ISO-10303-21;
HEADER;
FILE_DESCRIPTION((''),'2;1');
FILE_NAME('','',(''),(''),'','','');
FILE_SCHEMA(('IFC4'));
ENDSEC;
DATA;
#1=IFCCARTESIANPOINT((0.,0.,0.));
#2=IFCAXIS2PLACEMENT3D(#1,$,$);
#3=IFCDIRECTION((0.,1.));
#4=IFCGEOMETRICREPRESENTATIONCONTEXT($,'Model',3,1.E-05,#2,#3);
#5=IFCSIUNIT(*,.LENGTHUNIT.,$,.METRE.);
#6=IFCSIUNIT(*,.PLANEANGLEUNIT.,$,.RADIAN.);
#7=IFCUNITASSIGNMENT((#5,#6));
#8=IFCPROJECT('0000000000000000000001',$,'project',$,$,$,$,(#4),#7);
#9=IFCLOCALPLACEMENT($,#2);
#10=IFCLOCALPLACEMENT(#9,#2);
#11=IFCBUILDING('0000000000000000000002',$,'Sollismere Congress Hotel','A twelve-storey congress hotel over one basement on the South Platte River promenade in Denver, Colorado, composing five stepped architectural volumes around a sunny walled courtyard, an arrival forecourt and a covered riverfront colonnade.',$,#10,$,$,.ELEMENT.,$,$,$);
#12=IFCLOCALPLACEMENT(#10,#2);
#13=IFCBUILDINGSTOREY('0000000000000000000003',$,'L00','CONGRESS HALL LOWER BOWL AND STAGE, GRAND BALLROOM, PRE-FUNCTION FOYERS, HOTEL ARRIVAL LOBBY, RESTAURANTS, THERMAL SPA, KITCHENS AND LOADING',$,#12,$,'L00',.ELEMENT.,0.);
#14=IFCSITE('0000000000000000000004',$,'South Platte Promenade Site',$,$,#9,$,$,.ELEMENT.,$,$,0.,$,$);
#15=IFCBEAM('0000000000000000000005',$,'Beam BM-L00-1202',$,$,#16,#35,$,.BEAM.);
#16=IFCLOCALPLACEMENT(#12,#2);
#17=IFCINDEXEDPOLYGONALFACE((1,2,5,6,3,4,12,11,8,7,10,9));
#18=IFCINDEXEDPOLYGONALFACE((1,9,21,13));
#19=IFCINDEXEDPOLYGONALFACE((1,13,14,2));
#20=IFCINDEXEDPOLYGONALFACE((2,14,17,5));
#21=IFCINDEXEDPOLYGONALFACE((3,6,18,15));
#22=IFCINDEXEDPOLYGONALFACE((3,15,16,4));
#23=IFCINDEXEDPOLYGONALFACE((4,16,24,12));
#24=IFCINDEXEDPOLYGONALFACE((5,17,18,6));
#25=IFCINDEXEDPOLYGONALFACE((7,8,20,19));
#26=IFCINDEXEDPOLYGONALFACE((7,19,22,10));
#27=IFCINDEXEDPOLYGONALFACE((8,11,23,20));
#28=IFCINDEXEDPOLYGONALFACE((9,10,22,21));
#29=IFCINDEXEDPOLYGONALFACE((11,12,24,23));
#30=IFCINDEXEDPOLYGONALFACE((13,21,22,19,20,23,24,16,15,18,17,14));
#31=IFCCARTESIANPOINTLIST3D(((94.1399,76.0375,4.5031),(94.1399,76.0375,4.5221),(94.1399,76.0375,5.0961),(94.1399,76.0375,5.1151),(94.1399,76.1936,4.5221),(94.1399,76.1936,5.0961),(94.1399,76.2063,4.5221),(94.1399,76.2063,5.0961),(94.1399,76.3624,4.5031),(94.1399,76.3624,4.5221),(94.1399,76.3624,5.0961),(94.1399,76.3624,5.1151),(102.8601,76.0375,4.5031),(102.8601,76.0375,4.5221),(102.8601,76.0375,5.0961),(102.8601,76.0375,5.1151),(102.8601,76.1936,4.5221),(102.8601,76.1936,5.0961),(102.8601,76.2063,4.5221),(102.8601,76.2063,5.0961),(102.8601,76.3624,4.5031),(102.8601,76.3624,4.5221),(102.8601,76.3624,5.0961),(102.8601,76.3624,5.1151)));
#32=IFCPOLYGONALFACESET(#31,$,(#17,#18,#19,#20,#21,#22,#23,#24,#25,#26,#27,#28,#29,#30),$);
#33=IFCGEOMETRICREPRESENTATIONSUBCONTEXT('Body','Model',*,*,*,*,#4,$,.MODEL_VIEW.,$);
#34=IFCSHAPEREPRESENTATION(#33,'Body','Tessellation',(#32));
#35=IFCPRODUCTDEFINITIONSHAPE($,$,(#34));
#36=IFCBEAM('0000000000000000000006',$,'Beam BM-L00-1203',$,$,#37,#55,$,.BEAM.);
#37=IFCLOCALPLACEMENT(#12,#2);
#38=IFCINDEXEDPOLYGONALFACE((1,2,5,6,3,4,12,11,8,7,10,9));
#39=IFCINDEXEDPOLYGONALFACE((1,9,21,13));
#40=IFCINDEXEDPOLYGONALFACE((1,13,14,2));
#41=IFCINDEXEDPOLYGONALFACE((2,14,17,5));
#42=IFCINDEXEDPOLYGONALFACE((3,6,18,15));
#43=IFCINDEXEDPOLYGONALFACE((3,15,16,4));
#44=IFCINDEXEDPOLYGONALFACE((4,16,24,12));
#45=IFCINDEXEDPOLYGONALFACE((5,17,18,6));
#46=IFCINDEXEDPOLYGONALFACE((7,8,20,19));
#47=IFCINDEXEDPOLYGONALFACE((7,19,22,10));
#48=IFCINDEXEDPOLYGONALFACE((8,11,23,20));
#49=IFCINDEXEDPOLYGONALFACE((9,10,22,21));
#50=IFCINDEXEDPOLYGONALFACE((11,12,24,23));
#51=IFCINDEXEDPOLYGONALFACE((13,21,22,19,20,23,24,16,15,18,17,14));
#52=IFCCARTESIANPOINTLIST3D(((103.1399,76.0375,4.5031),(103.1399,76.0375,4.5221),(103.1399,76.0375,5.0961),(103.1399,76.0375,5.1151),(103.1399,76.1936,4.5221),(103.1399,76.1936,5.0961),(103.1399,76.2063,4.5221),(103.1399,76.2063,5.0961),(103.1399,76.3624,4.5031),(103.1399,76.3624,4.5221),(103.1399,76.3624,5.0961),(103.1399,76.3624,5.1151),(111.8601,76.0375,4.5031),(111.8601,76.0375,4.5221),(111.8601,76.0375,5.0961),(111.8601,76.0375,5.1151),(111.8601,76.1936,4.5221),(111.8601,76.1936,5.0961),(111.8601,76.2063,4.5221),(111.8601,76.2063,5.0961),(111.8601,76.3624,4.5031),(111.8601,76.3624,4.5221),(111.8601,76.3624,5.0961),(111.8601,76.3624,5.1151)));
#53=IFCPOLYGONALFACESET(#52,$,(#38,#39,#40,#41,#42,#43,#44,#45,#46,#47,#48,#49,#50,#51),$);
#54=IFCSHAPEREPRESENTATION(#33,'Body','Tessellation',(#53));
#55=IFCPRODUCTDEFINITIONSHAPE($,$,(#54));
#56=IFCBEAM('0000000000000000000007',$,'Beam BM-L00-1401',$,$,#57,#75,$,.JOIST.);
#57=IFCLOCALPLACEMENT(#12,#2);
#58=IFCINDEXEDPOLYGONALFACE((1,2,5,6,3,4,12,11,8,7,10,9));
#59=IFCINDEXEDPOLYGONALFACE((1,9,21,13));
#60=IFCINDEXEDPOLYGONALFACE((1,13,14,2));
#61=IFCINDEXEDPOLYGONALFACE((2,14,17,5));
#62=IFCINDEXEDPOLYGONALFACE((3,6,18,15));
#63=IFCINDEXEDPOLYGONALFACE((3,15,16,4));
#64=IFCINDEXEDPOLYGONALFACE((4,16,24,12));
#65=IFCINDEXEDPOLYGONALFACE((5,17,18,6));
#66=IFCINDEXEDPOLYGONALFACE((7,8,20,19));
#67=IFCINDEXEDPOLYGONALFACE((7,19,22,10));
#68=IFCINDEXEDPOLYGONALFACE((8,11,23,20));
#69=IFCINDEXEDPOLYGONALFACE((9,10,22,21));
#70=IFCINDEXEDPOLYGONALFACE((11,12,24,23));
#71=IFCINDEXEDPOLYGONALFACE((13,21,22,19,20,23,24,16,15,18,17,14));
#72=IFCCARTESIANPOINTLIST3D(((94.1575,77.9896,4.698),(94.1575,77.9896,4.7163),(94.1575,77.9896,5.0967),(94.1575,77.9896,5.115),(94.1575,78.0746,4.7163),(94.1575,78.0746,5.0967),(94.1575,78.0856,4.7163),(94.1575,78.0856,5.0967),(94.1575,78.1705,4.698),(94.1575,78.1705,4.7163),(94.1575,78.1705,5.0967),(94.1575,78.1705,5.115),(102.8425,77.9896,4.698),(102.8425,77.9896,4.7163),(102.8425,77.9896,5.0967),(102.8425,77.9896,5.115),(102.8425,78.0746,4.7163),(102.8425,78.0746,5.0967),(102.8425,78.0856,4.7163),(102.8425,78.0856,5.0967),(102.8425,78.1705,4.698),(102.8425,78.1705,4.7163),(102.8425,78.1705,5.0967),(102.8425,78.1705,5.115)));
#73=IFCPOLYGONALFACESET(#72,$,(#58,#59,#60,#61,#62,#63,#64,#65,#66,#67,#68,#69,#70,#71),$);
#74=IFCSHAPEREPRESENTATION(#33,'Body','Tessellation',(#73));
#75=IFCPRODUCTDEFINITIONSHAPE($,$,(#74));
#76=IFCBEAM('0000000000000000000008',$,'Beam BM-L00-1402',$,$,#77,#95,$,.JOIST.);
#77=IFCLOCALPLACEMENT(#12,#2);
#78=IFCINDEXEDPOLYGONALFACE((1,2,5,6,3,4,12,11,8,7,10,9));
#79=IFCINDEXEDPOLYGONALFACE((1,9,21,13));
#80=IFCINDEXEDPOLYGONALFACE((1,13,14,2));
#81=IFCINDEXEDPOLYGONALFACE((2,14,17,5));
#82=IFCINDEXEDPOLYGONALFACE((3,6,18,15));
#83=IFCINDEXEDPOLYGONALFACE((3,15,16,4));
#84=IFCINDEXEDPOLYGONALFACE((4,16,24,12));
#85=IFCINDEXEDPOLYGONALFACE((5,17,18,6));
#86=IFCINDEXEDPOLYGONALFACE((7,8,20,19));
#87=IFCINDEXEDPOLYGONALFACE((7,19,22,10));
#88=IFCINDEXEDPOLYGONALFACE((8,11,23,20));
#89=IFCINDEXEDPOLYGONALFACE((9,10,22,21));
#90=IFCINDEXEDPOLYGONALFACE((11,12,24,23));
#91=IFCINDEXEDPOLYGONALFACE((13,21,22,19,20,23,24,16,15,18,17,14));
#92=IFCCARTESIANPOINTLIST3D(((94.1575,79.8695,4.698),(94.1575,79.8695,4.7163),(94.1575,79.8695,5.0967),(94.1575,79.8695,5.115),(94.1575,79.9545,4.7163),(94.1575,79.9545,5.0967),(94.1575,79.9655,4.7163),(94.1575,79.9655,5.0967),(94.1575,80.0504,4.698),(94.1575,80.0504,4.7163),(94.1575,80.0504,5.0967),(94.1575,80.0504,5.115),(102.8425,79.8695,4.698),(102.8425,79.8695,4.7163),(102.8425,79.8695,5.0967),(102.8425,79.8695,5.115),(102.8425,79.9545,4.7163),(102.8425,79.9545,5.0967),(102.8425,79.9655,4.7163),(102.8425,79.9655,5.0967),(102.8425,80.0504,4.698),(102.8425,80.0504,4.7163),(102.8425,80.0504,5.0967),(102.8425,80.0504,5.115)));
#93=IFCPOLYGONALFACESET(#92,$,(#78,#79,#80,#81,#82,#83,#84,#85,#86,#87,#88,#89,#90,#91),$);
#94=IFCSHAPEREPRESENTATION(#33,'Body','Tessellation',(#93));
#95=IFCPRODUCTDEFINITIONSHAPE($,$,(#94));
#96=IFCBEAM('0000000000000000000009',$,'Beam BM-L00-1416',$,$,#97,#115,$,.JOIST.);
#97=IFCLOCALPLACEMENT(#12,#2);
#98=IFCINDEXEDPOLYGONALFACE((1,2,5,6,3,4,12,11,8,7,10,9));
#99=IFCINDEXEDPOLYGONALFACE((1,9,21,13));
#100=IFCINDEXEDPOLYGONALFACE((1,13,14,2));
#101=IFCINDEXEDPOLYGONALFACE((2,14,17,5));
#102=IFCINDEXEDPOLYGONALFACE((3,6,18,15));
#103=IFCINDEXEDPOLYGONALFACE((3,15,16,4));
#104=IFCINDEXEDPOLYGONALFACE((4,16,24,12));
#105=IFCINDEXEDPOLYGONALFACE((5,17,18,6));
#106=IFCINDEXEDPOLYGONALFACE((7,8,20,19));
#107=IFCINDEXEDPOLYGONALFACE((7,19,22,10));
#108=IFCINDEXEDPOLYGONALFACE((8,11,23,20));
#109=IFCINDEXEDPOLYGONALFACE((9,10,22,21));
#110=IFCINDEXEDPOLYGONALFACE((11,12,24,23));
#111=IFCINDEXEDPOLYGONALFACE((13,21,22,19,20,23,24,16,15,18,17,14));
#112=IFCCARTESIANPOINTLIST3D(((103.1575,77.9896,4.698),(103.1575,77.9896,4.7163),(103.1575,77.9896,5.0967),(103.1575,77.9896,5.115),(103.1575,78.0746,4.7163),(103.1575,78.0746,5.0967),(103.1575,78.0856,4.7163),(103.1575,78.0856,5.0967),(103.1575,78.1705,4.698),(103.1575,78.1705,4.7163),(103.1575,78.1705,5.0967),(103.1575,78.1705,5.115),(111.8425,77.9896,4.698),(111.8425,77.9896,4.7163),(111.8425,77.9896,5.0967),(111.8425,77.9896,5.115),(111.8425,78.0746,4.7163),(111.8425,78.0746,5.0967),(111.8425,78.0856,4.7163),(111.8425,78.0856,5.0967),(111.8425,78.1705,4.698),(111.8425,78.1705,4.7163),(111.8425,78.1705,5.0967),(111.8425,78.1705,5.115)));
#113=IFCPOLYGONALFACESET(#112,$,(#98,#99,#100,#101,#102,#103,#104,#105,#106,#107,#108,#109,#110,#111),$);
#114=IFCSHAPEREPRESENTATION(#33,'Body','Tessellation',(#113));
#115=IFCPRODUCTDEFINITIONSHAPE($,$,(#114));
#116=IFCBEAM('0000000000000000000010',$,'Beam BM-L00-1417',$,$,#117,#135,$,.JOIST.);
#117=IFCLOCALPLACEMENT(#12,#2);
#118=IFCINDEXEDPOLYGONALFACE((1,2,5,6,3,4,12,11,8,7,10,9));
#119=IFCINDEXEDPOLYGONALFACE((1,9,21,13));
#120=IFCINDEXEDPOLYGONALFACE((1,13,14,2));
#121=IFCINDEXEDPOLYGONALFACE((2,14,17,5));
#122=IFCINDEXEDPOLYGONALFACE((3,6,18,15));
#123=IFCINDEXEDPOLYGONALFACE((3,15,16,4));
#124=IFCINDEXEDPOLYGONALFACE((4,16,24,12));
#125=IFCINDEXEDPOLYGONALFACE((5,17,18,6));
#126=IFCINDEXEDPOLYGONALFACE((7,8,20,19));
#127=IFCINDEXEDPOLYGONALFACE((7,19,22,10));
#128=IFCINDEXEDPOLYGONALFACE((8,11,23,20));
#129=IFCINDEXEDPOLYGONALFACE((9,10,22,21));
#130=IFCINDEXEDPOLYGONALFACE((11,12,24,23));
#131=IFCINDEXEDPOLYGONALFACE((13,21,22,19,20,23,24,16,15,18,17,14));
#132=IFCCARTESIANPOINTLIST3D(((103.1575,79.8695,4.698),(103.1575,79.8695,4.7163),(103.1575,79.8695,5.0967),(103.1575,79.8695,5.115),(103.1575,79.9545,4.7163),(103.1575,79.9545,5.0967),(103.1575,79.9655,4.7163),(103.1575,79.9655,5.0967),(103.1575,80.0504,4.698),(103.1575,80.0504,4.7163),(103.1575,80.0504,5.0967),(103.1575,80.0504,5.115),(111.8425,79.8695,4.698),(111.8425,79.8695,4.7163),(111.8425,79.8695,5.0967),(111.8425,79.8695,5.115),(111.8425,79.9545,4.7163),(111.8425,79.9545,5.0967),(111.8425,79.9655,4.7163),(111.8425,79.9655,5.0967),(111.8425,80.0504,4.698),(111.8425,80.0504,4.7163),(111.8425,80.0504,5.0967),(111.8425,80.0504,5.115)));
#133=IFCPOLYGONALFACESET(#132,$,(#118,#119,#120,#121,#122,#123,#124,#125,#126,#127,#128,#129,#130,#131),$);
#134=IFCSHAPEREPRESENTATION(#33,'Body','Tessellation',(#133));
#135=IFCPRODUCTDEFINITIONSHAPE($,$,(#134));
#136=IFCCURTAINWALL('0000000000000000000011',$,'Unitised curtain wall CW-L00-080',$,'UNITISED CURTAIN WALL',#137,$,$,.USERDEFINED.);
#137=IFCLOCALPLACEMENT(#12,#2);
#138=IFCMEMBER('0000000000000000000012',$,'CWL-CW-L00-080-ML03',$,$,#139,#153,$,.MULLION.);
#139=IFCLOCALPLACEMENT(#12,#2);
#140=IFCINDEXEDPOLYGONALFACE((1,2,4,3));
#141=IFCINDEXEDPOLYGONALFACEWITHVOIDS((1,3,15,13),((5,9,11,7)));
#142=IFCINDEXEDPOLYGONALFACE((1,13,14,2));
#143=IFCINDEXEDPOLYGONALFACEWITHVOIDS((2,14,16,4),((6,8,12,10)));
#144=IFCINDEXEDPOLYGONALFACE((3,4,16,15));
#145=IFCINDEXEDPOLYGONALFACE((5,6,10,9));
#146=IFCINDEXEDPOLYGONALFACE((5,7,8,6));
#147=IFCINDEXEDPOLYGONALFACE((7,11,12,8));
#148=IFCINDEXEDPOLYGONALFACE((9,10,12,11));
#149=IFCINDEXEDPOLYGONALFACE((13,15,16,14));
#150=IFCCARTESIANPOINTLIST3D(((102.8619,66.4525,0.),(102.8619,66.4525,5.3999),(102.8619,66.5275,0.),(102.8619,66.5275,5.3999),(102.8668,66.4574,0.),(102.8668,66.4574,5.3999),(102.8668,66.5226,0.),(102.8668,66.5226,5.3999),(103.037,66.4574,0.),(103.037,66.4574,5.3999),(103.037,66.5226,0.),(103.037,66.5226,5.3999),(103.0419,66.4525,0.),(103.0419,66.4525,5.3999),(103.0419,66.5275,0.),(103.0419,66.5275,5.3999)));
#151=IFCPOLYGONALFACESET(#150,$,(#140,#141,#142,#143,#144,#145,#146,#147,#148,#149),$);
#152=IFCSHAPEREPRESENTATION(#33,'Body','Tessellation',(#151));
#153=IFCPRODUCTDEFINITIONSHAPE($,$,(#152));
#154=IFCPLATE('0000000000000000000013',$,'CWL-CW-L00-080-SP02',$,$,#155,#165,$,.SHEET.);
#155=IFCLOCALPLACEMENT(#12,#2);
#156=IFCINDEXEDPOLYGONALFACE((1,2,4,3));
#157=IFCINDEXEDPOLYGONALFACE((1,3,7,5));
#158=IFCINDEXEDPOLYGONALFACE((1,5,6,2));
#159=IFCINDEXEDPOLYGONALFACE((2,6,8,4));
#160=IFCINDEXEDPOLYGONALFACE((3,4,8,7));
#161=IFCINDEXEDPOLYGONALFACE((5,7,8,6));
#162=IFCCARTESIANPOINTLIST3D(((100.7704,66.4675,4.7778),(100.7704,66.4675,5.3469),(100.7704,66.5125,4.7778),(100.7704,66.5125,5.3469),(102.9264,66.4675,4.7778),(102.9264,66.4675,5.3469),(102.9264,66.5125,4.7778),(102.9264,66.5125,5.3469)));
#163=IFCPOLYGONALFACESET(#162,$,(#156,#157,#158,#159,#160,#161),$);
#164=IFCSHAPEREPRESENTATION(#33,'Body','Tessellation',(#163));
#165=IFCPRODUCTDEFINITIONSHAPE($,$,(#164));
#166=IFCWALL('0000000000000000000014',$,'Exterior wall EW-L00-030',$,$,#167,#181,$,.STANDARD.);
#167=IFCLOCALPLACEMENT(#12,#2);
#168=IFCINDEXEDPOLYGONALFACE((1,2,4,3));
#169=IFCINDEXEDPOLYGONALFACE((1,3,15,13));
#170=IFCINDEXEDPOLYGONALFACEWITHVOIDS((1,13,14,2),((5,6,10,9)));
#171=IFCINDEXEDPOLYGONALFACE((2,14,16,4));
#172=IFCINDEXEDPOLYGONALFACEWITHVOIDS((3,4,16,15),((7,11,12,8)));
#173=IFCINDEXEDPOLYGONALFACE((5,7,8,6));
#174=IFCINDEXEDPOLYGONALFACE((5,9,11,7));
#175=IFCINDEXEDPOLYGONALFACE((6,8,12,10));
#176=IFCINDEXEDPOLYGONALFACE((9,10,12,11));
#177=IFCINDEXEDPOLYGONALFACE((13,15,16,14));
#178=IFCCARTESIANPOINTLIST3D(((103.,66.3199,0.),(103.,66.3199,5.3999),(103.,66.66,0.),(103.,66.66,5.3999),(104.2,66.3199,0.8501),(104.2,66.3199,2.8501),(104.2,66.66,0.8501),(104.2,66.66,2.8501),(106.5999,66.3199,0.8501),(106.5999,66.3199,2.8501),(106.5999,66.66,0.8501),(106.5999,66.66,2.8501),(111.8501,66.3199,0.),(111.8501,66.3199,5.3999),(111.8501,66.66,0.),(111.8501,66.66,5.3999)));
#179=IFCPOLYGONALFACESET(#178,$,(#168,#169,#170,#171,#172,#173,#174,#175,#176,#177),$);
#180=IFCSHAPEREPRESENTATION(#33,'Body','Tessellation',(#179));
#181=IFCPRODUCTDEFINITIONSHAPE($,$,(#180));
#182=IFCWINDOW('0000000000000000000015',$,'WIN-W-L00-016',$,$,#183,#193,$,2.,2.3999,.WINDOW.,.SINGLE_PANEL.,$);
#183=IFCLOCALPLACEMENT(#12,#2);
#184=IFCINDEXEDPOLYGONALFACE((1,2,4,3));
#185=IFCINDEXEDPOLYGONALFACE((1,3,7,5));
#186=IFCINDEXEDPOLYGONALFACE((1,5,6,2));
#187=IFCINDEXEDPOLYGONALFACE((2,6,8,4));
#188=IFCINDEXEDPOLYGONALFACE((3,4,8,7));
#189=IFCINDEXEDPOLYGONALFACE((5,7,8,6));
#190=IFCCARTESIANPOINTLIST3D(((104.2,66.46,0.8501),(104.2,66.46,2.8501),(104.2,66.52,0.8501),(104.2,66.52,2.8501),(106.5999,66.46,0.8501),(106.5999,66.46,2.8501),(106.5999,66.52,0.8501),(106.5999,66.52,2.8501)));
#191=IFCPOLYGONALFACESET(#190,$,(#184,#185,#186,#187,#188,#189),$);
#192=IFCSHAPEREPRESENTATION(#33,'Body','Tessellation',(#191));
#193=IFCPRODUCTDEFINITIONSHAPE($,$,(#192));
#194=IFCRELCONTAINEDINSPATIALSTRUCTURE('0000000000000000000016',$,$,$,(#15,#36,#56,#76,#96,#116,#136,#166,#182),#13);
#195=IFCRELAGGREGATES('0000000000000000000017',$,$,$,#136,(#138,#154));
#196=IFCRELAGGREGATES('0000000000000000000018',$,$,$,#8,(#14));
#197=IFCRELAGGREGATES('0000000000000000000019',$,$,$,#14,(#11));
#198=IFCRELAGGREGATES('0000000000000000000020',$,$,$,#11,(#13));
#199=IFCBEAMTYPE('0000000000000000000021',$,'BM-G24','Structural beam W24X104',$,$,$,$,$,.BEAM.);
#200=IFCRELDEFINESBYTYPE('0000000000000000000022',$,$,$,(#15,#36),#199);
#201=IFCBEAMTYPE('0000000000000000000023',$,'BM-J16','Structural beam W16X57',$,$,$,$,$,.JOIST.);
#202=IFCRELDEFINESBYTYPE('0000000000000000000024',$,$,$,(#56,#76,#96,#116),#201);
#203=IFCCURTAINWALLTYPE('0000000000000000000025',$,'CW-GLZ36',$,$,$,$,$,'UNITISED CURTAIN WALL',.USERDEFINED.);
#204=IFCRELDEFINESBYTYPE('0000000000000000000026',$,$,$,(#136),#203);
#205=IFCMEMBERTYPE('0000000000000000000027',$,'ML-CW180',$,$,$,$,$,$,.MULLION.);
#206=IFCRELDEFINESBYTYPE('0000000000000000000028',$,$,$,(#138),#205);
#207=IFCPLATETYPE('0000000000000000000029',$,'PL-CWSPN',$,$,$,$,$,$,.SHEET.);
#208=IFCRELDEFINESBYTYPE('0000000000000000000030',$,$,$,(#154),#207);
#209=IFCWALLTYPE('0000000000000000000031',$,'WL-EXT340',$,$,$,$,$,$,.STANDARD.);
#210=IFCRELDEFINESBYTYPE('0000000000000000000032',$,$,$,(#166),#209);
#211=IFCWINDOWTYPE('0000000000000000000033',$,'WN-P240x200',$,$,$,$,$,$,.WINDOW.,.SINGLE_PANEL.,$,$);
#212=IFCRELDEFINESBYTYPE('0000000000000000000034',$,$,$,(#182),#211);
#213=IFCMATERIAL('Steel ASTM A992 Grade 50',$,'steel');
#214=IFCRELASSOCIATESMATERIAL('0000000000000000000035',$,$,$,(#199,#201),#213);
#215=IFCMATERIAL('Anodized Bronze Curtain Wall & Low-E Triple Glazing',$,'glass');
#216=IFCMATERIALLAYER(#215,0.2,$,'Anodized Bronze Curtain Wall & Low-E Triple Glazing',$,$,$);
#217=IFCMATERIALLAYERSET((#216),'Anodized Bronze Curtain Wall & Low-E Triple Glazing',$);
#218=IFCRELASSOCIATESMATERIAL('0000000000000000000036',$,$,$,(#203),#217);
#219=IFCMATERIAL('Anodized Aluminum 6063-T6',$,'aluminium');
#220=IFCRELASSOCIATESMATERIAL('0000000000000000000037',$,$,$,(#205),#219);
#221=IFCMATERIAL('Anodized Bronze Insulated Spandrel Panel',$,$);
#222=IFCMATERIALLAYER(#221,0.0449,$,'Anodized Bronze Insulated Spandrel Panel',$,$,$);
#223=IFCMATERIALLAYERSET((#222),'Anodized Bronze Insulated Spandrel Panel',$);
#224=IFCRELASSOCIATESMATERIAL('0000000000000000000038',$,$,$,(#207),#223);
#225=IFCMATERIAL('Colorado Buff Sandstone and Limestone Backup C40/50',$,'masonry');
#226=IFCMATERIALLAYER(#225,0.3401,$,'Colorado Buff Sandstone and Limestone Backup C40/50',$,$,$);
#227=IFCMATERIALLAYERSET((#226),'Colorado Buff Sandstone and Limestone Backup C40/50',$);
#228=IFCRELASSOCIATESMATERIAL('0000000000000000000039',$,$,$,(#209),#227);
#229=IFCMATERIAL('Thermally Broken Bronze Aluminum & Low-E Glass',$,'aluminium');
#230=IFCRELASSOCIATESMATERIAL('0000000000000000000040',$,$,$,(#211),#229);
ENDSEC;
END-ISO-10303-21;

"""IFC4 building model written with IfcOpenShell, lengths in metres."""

from ifc_helpers import new_model, si_unit, direction, frame, frame_2d, origin, origin_2d, place, context, subcontext, project, spatial, rectangle, hollow_rectangle, i_section, extrude, material, layer, layer_set, material_profile, profile_set, type_object, element, fill, aggregate, save


model = new_model("IFC4")

# Units and contexts
model_context = context("Model", 3, precision=1e-05, world=origin(), true_north=direction((0.0, 1.0)))
body_context = subcontext(model_context, "Body", "Model", "MODEL_VIEW")
ifc_project = project(units=[si_unit("LENGTHUNIT", "METRE"), si_unit("PLANEANGLEUNIT", "RADIAN")], contexts=[model_context])

# Site, building, storey
site_placement = place(None, origin())
site = spatial("IfcSite", under=ifc_project, at=site_placement, Name="South Platte Promenade Site", CompositionType="ELEMENT", RefElevation=0.0)
building_placement = place(site_placement, origin())
building = spatial("IfcBuilding", under=site, at=building_placement, Name="Sollismere Congress Hotel", Description="A twelve-storey congress hotel over one basement on the South Platte River promenade in Denver, Colorado, composing five stepped architectural volumes around a sunny walled courtyard, an arrival forecourt and a covered riverfront colonnade.", CompositionType="ELEMENT")
storey_placement = place(building_placement, origin())
storey = spatial("IfcBuildingStorey", under=building, at=storey_placement, Name="L00", Description="CONGRESS HALL LOWER BOWL AND STAGE, GRAND BALLROOM, PRE-FUNCTION FOYERS, HOTEL ARRIVAL LOBBY, RESTAURANTS, THERMAL SPA, KITCHENS AND LOADING", LongName="L00", CompositionType="ELEMENT", Elevation=0.0)

# Shared definitions
ifc_material_1 = material(Name="Steel ASTM A992 Grade 50", Category="steel")

# Beams
ifc_material_profile_1 = material_profile(ifc_material_1, i_section(OverallWidth=0.325, OverallDepth=0.6121, WebThickness=0.0127, FlangeThickness=0.019, at=origin_2d()), Name="W24X104")
ifc_profile_set_1 = profile_set([ifc_material_profile_1], Name="Steel ASTM A992 Grade 50")
beam_type_1 = type_object("IfcBeamType", Name="BM-G24", Description="Structural beam W24X104", PredefinedType="BEAM", material=ifc_profile_set_1)
for number, where, z_axis, x_axis, name in (
    (1, (94.1399, 76.2, 4.8091), (1.0, 0.0, 0.0), (0.0, 1.0, 0.0), "Beam BM-L00-1202"),
    (2, (103.1399, 76.2, 4.8091), (1.0, 0.0, 0.0), (0.0, 1.0, 0.0), "Beam BM-L00-1203"),
):
    element("IfcBeam", number, at=place(storey_placement, frame(where, z_axis=z_axis, x_axis=x_axis)), inside=storey, type_object=beam_type_1, Name=name, PredefinedType="BEAM", context=body_context, shape_type="SweptSolid", body=[
        extrude(i_section(OverallWidth=0.325, OverallDepth=0.6121, WebThickness=0.0127, FlangeThickness=0.019, at=origin_2d()), origin(), (0.0, 0.0, 1.0), 8.7202),
    ])
ifc_material_profile_2 = material_profile(ifc_material_1, i_section(OverallWidth=0.1809, OverallDepth=0.417, WebThickness=0.011, FlangeThickness=0.0183, at=origin_2d()), Name="W16X57")
ifc_profile_set_2 = profile_set([ifc_material_profile_2], Name="Steel ASTM A992 Grade 50")
beam_type_2 = type_object("IfcBeamType", Name="BM-J16", Description="Structural beam W16X57", PredefinedType="JOIST", material=ifc_profile_set_2)
for number, where, z_axis, x_axis, name in (
    (3, (94.1575, 78.0801, 4.9065), (1.0, 0.0, 0.0), (0.0, 1.0, 0.0), "Beam BM-L00-1401"),
    (4, (94.1575, 79.96, 4.9065), (1.0, 0.0, 0.0), (0.0, 1.0, 0.0), "Beam BM-L00-1402"),
    (5, (103.1575, 78.0801, 4.9065), (1.0, 0.0, 0.0), (0.0, 1.0, 0.0), "Beam BM-L00-1416"),
    (6, (103.1575, 79.96, 4.9065), (1.0, 0.0, 0.0), (0.0, 1.0, 0.0), "Beam BM-L00-1417"),
):
    element("IfcBeam", number, at=place(storey_placement, frame(where, z_axis=z_axis, x_axis=x_axis)), inside=storey, type_object=beam_type_2, Name=name, PredefinedType="JOIST", context=body_context, shape_type="SweptSolid", body=[
        extrude(i_section(OverallWidth=0.1809, OverallDepth=0.417, WebThickness=0.011, FlangeThickness=0.0183, at=origin_2d()), origin(), (0.0, 0.0, 1.0), 8.6851),
    ])

# Curtain wall, member, plate
ifc_material_2 = material(Name="Anodized Bronze Curtain Wall & Low-E Triple Glazing", Category="glass")
ifc_layer_1 = layer(ifc_material_2, 0.2, Name="Anodized Bronze Curtain Wall & Low-E Triple Glazing")
ifc_layer_set_1 = layer_set([ifc_layer_1], Name="Anodized Bronze Curtain Wall & Low-E Triple Glazing")
curtain_wall_type = type_object("IfcCurtainWallType", Name="CW-GLZ36", ElementType="UNITISED CURTAIN WALL", PredefinedType="USERDEFINED", material=ifc_layer_set_1)
curtain_wall_placement = place(storey_placement, origin())
curtain_wall = element("IfcCurtainWall", 7, at=curtain_wall_placement, inside=storey, type_object=curtain_wall_type, Name="Unitised curtain wall CW-L00-080", ObjectType="UNITISED CURTAIN WALL", PredefinedType="USERDEFINED")
ifc_material_3 = material(Name="Anodized Aluminum 6063-T6", Category="aluminium")
ifc_material_profile_3 = material_profile(ifc_material_3, hollow_rectangle(XDim=0.075, YDim=0.1799, WallThickness=0.0049, at=origin_2d()), Name="ALU180X75X5")
ifc_profile_set_3 = profile_set([ifc_material_profile_3], Name="Anodized Aluminum 6063-T6")
member_type = type_object("IfcMemberType", Name="ML-CW180", PredefinedType="MULLION", material=ifc_profile_set_3)
member_placement = place(storey_placement, frame((102.9519, 66.49, 0.0), z_axis=(0.0, 0.0, 1.0), x_axis=(0.0, 1.0, 0.0)))
member = element("IfcMember", 8, at=member_placement, type_object=member_type, Name="CWL-CW-L00-080-ML03", PredefinedType="MULLION", context=body_context, shape_type="SweptSolid", body=[
    extrude(hollow_rectangle(XDim=0.075, YDim=0.1799, WallThickness=0.0049, at=origin_2d()), origin(), (0.0, 0.0, 1.0), 5.3999),
])
ifc_material_4 = material(Name="Anodized Bronze Insulated Spandrel Panel")
ifc_layer_2 = layer(ifc_material_4, 0.0449, Name="Anodized Bronze Insulated Spandrel Panel")
ifc_layer_set_2 = layer_set([ifc_layer_2], Name="Anodized Bronze Insulated Spandrel Panel")
plate_type = type_object("IfcPlateType", Name="PL-CWSPN", PredefinedType="SHEET", material=ifc_layer_set_2)
plate_placement = place(storey_placement, frame((101.8484, 66.49, 4.7778), z_axis=(0.0, 0.0, 1.0), x_axis=(1.0, 0.0, 0.0)))
plate = element("IfcPlate", 9, at=plate_placement, type_object=plate_type, Name="CWL-CW-L00-080-SP02", PredefinedType="SHEET", context=body_context, shape_type="SweptSolid", body=[
    extrude(rectangle(XDim=2.156, YDim=0.0449, at=origin_2d()), origin(), (0.0, 0.0, 1.0), 0.5691),
])
aggregate(curtain_wall, [member, plate])

# Wall, opening, window
ifc_material_5 = material(Name="Colorado Buff Sandstone and Limestone Backup C40/50", Category="masonry")
ifc_layer_3 = layer(ifc_material_5, 0.3401, Name="Colorado Buff Sandstone and Limestone Backup C40/50")
ifc_layer_set_3 = layer_set([ifc_layer_3], Name="Colorado Buff Sandstone and Limestone Backup C40/50")
wall_type_1 = type_object("IfcWallType", Name="WL-EXT340", PredefinedType="STANDARD", material=ifc_layer_set_3)
wall_1_placement = place(storey_placement, frame((103.0, 66.49, 0.0), z_axis=(0.0, 0.0, 1.0), x_axis=(1.0, 0.0, 0.0)))
wall_1 = element("IfcWall", 10, at=wall_1_placement, inside=storey, type_object=wall_type_1, Name="Exterior wall EW-L00-030", PredefinedType="STANDARD", context=body_context, shape_type="SweptSolid", body=[
    extrude(rectangle(XDim=8.8501, YDim=0.3401, at=frame_2d((4.425, 0.0))), origin(), (0.0, 0.0, 1.0), 5.3999),
])
opening_1_placement = place(wall_1_placement, frame((1.2, 0.0, 0.8501)))
opening_1 = element("IfcOpeningElement", 11, at=opening_1_placement, cuts=wall_1, PredefinedType="OPENING", context=body_context, shape_type="SweptSolid", body=[
    extrude(rectangle(XDim=2.3999, YDim=2.0, at=frame_2d((1.2, 1.0))), frame((0.0, 0.1799, 0.0), z_axis=(0.0, -1.0, 0.0), x_axis=(1.0, 0.0, 0.0)), (0.0, 0.0, 1.0), 0.3601),
])
ifc_material_6 = material(Name="Thermally Broken Bronze Aluminum & Low-E Glass", Category="aluminium")
window_type = type_object("IfcWindowType", Name="WN-P240x200", PartitioningType="SINGLE_PANEL", PredefinedType="WINDOW", material=ifc_material_6)
window_placement = place(opening_1_placement, origin())
window = element("IfcWindow", 12, at=window_placement, inside=storey, type_object=window_type, Name="WIN-W-L00-016", OverallHeight=2.0, OverallWidth=2.3999, PartitioningType="SINGLE_PANEL", PredefinedType="WINDOW", context=body_context, shape_type="SweptSolid", body=[
    extrude(rectangle(XDim=2.3999, YDim=2.0, at=frame_2d((1.2, 1.0))), frame((0.0, 0.03, 0.0), z_axis=(0.0, -1.0, 0.0), x_axis=(1.0, 0.0, 0.0)), (0.0, 0.0, 1.0), 0.0601),
])
fill(opening_1, window)

save(model, "model.ifc")
